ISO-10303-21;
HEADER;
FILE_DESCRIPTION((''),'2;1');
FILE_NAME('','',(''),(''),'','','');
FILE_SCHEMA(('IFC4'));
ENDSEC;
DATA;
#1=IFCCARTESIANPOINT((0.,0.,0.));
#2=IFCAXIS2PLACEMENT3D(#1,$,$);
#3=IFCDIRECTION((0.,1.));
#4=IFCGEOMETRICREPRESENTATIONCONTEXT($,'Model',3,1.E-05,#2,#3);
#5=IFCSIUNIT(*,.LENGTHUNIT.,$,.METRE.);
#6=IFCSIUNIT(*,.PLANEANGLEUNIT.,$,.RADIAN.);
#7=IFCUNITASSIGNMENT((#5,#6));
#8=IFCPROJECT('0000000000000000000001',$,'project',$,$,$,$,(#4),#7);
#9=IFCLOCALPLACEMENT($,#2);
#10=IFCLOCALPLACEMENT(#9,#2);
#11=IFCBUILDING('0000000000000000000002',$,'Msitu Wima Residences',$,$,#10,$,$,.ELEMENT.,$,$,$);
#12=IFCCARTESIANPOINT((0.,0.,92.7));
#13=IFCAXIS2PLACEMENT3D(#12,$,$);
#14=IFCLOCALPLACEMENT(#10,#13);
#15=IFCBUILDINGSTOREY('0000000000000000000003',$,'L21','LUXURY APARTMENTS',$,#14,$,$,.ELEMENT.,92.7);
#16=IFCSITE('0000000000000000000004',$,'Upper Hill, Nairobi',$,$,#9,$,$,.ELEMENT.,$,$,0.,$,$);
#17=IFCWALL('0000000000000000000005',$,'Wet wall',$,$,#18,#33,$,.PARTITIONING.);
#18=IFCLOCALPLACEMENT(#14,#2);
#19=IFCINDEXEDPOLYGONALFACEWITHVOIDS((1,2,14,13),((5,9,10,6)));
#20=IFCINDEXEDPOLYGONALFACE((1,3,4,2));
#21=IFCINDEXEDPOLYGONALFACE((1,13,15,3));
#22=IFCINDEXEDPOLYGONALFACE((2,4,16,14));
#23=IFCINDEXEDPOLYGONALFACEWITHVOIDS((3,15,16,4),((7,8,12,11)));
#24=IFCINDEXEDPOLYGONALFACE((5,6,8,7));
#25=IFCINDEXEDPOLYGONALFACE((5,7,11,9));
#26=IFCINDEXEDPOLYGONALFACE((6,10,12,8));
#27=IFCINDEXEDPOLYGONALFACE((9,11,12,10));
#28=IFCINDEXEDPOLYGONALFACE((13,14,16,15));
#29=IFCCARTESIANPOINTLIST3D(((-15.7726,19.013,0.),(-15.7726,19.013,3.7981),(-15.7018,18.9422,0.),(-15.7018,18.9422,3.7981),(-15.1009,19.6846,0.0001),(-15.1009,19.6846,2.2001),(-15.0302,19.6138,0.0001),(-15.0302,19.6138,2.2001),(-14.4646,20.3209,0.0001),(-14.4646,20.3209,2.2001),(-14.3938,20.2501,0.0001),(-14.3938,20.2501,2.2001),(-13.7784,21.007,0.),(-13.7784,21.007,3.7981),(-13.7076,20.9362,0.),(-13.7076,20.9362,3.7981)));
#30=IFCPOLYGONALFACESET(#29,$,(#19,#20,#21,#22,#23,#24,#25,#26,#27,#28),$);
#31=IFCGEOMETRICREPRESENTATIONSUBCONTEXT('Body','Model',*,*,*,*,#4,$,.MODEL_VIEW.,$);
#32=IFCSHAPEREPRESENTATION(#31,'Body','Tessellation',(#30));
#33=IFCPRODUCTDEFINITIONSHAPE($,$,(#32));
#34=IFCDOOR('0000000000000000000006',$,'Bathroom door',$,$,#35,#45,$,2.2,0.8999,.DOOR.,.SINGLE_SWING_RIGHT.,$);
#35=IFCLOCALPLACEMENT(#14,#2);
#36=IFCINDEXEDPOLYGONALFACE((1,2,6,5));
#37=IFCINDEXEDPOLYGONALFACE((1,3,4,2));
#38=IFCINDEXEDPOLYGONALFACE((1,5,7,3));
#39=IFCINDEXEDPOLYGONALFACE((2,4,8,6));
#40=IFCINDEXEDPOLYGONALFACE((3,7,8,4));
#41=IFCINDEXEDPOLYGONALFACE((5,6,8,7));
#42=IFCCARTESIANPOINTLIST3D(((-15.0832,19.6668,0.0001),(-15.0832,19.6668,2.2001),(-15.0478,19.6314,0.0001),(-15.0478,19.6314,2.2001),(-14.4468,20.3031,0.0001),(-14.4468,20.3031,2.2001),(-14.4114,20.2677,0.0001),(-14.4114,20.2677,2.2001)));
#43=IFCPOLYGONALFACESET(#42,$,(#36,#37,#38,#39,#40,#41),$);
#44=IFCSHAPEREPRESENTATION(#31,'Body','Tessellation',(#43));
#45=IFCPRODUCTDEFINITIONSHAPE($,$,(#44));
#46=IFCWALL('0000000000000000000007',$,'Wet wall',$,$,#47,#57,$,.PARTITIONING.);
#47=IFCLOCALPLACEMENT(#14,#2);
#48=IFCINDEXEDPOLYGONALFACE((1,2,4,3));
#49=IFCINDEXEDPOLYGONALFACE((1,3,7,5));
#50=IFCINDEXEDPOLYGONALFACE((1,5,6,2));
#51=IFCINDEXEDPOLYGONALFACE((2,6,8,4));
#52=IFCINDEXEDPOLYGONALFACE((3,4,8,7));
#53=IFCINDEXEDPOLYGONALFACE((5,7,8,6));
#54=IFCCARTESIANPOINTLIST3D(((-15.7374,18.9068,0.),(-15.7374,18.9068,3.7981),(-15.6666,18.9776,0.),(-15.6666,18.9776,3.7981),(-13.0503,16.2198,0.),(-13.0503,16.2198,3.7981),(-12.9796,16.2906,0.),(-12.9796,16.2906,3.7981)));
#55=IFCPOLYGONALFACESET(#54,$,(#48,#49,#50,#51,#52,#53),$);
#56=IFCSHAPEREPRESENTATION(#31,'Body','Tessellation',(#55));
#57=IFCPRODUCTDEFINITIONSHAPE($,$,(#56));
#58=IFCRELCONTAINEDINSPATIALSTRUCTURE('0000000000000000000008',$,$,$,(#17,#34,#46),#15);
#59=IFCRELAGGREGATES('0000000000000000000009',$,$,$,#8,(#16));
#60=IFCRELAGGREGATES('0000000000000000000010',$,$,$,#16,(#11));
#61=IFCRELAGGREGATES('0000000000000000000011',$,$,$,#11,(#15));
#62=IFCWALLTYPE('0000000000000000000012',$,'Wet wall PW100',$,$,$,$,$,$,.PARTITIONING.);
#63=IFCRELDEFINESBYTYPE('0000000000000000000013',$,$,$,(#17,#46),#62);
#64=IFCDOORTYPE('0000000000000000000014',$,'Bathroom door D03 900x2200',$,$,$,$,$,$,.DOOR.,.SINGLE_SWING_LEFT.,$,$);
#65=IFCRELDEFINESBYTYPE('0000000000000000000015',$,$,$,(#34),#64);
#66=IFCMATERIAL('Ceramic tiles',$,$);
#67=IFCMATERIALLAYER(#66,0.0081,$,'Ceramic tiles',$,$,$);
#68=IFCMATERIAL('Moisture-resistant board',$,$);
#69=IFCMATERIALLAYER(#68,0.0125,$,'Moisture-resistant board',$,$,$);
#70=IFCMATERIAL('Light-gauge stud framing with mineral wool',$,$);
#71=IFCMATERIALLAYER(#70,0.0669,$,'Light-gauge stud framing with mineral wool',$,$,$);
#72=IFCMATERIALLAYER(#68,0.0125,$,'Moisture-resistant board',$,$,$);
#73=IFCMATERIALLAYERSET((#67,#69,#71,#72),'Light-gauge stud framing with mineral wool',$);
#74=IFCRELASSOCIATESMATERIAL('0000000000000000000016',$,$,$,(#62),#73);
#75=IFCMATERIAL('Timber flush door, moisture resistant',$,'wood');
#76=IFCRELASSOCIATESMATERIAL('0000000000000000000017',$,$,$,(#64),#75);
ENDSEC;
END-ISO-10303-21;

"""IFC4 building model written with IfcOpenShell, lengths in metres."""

from ifc_helpers import new_model, si_unit, direction, frame, frame_2d, origin, place, context, subcontext, project, spatial, rectangle, extrude, material, layer, layer_set, type_object, element, fill, save


model = new_model("IFC4")

# Units and contexts
model_context = context("Model", 3, precision=1e-05, world=origin(), true_north=direction((0.0, 1.0)))
body_context = subcontext(model_context, "Body", "Model", "MODEL_VIEW")
ifc_project = project(units=[si_unit("LENGTHUNIT", "METRE"), si_unit("PLANEANGLEUNIT", "RADIAN")], contexts=[model_context])

# Site, building, storey
site_placement = place(None, origin())
site = spatial("IfcSite", under=ifc_project, at=site_placement, Name="Upper Hill, Nairobi", CompositionType="ELEMENT", RefElevation=0.0)
building_placement = place(site_placement, origin())
building = spatial("IfcBuilding", under=site, at=building_placement, Name="Msitu Wima Residences", CompositionType="ELEMENT")
storey_placement = place(building_placement, frame((0.0, 0.0, 92.7)))
storey = spatial("IfcBuildingStorey", under=building, at=storey_placement, Name="L21", Description="LUXURY APARTMENTS", CompositionType="ELEMENT", Elevation=92.7)

# Wall, opening, door
ifc_material_1 = material(Name="Ceramic tiles")
ifc_layer_1 = layer(ifc_material_1, 0.0081, Name="Ceramic tiles")
ifc_material_2 = material(Name="Moisture-resistant board")
ifc_layer_2 = layer(ifc_material_2, 0.0125, Name="Moisture-resistant board")
ifc_material_3 = material(Name="Light-gauge stud framing with mineral wool")
ifc_layer_3 = layer(ifc_material_3, 0.0669, Name="Light-gauge stud framing with mineral wool")
ifc_layer_4 = layer(ifc_material_2, 0.0125, Name="Moisture-resistant board")
ifc_layer_set_1 = layer_set([ifc_layer_1, ifc_layer_2, ifc_layer_3, ifc_layer_4], Name="Light-gauge stud framing with mineral wool")
wall_type_1 = type_object("IfcWallType", Name="Wet wall PW100", PredefinedType="PARTITIONING", material=ifc_layer_set_1)
wall_1_placement = place(storey_placement, frame((-15.7373, 18.9775, 0.0), z_axis=(0.0, 0.0, 1.0), x_axis=(0.70715, 0.707063, 0.0)))
wall_1 = element("IfcWall", 1, at=wall_1_placement, inside=storey, type_object=wall_type_1, Name="Wet wall", PredefinedType="PARTITIONING", context=body_context, shape_type="SweptSolid", body=[
    extrude(rectangle(XDim=2.8201, YDim=0.1001, at=frame_2d((1.4102, 0.0))), origin(), (0.0, 0.0, 1.0), 3.7981),
])
opening_1_placement = place(wall_1_placement, frame((0.95, 0.0, 0.0)))
opening_1 = element("IfcOpeningElement", 2, at=opening_1_placement, cuts=wall_1, PredefinedType="OPENING", context=body_context, shape_type="SweptSolid", body=[
    extrude(rectangle(XDim=0.8999, YDim=2.2, at=frame_2d((0.45, 1.1001))), frame((0.0, 0.0601, 0.0), z_axis=(0.0, -1.0, 0.0), x_axis=(1.0, 0.0, 0.0)), (0.0, 0.0, 1.0), 0.1201),
])
ifc_material_4 = material(Name="Timber flush door, moisture resistant", Category="wood")
door_type_1 = type_object("IfcDoorType", Name="Bathroom door D03 900x2200", OperationType="SINGLE_SWING_LEFT", PredefinedType="DOOR", material=ifc_material_4)
door_1_placement = place(opening_1_placement, origin())
door_1 = element("IfcDoor", 3, at=door_1_placement, inside=storey, type_object=door_type_1, Name="Bathroom door", OperationType="SINGLE_SWING_RIGHT", OverallHeight=2.2, OverallWidth=0.8999, PredefinedType="DOOR", context=body_context, shape_type="SweptSolid", body=[
    extrude(rectangle(XDim=0.8999, YDim=2.2, at=frame_2d((0.45, 1.1001))), frame((0.0, 0.0249, 0.0), z_axis=(0.0, -1.0, 0.0), x_axis=(1.0, 0.0, 0.0)), (0.0, 0.0, 1.0), 0.05),
])
fill(opening_1, door_1)

# Wall
wall_2_placement = place(storey_placement, frame((-15.7019, 18.9421, 0.0), z_axis=(0.0, 0.0, 1.0), x_axis=(0.707107, -0.707107, 0.0)))
element("IfcWall", 4, at=wall_2_placement, inside=storey, type_object=wall_type_1, Name="Wet wall", PredefinedType="PARTITIONING", context=body_context, shape_type="SweptSolid", body=[
    extrude(rectangle(XDim=3.8, YDim=0.1001, at=frame_2d((1.8999, 0.0))), origin(), (0.0, 0.0, 1.0), 3.7981),
])

save(model, "model.ifc")
